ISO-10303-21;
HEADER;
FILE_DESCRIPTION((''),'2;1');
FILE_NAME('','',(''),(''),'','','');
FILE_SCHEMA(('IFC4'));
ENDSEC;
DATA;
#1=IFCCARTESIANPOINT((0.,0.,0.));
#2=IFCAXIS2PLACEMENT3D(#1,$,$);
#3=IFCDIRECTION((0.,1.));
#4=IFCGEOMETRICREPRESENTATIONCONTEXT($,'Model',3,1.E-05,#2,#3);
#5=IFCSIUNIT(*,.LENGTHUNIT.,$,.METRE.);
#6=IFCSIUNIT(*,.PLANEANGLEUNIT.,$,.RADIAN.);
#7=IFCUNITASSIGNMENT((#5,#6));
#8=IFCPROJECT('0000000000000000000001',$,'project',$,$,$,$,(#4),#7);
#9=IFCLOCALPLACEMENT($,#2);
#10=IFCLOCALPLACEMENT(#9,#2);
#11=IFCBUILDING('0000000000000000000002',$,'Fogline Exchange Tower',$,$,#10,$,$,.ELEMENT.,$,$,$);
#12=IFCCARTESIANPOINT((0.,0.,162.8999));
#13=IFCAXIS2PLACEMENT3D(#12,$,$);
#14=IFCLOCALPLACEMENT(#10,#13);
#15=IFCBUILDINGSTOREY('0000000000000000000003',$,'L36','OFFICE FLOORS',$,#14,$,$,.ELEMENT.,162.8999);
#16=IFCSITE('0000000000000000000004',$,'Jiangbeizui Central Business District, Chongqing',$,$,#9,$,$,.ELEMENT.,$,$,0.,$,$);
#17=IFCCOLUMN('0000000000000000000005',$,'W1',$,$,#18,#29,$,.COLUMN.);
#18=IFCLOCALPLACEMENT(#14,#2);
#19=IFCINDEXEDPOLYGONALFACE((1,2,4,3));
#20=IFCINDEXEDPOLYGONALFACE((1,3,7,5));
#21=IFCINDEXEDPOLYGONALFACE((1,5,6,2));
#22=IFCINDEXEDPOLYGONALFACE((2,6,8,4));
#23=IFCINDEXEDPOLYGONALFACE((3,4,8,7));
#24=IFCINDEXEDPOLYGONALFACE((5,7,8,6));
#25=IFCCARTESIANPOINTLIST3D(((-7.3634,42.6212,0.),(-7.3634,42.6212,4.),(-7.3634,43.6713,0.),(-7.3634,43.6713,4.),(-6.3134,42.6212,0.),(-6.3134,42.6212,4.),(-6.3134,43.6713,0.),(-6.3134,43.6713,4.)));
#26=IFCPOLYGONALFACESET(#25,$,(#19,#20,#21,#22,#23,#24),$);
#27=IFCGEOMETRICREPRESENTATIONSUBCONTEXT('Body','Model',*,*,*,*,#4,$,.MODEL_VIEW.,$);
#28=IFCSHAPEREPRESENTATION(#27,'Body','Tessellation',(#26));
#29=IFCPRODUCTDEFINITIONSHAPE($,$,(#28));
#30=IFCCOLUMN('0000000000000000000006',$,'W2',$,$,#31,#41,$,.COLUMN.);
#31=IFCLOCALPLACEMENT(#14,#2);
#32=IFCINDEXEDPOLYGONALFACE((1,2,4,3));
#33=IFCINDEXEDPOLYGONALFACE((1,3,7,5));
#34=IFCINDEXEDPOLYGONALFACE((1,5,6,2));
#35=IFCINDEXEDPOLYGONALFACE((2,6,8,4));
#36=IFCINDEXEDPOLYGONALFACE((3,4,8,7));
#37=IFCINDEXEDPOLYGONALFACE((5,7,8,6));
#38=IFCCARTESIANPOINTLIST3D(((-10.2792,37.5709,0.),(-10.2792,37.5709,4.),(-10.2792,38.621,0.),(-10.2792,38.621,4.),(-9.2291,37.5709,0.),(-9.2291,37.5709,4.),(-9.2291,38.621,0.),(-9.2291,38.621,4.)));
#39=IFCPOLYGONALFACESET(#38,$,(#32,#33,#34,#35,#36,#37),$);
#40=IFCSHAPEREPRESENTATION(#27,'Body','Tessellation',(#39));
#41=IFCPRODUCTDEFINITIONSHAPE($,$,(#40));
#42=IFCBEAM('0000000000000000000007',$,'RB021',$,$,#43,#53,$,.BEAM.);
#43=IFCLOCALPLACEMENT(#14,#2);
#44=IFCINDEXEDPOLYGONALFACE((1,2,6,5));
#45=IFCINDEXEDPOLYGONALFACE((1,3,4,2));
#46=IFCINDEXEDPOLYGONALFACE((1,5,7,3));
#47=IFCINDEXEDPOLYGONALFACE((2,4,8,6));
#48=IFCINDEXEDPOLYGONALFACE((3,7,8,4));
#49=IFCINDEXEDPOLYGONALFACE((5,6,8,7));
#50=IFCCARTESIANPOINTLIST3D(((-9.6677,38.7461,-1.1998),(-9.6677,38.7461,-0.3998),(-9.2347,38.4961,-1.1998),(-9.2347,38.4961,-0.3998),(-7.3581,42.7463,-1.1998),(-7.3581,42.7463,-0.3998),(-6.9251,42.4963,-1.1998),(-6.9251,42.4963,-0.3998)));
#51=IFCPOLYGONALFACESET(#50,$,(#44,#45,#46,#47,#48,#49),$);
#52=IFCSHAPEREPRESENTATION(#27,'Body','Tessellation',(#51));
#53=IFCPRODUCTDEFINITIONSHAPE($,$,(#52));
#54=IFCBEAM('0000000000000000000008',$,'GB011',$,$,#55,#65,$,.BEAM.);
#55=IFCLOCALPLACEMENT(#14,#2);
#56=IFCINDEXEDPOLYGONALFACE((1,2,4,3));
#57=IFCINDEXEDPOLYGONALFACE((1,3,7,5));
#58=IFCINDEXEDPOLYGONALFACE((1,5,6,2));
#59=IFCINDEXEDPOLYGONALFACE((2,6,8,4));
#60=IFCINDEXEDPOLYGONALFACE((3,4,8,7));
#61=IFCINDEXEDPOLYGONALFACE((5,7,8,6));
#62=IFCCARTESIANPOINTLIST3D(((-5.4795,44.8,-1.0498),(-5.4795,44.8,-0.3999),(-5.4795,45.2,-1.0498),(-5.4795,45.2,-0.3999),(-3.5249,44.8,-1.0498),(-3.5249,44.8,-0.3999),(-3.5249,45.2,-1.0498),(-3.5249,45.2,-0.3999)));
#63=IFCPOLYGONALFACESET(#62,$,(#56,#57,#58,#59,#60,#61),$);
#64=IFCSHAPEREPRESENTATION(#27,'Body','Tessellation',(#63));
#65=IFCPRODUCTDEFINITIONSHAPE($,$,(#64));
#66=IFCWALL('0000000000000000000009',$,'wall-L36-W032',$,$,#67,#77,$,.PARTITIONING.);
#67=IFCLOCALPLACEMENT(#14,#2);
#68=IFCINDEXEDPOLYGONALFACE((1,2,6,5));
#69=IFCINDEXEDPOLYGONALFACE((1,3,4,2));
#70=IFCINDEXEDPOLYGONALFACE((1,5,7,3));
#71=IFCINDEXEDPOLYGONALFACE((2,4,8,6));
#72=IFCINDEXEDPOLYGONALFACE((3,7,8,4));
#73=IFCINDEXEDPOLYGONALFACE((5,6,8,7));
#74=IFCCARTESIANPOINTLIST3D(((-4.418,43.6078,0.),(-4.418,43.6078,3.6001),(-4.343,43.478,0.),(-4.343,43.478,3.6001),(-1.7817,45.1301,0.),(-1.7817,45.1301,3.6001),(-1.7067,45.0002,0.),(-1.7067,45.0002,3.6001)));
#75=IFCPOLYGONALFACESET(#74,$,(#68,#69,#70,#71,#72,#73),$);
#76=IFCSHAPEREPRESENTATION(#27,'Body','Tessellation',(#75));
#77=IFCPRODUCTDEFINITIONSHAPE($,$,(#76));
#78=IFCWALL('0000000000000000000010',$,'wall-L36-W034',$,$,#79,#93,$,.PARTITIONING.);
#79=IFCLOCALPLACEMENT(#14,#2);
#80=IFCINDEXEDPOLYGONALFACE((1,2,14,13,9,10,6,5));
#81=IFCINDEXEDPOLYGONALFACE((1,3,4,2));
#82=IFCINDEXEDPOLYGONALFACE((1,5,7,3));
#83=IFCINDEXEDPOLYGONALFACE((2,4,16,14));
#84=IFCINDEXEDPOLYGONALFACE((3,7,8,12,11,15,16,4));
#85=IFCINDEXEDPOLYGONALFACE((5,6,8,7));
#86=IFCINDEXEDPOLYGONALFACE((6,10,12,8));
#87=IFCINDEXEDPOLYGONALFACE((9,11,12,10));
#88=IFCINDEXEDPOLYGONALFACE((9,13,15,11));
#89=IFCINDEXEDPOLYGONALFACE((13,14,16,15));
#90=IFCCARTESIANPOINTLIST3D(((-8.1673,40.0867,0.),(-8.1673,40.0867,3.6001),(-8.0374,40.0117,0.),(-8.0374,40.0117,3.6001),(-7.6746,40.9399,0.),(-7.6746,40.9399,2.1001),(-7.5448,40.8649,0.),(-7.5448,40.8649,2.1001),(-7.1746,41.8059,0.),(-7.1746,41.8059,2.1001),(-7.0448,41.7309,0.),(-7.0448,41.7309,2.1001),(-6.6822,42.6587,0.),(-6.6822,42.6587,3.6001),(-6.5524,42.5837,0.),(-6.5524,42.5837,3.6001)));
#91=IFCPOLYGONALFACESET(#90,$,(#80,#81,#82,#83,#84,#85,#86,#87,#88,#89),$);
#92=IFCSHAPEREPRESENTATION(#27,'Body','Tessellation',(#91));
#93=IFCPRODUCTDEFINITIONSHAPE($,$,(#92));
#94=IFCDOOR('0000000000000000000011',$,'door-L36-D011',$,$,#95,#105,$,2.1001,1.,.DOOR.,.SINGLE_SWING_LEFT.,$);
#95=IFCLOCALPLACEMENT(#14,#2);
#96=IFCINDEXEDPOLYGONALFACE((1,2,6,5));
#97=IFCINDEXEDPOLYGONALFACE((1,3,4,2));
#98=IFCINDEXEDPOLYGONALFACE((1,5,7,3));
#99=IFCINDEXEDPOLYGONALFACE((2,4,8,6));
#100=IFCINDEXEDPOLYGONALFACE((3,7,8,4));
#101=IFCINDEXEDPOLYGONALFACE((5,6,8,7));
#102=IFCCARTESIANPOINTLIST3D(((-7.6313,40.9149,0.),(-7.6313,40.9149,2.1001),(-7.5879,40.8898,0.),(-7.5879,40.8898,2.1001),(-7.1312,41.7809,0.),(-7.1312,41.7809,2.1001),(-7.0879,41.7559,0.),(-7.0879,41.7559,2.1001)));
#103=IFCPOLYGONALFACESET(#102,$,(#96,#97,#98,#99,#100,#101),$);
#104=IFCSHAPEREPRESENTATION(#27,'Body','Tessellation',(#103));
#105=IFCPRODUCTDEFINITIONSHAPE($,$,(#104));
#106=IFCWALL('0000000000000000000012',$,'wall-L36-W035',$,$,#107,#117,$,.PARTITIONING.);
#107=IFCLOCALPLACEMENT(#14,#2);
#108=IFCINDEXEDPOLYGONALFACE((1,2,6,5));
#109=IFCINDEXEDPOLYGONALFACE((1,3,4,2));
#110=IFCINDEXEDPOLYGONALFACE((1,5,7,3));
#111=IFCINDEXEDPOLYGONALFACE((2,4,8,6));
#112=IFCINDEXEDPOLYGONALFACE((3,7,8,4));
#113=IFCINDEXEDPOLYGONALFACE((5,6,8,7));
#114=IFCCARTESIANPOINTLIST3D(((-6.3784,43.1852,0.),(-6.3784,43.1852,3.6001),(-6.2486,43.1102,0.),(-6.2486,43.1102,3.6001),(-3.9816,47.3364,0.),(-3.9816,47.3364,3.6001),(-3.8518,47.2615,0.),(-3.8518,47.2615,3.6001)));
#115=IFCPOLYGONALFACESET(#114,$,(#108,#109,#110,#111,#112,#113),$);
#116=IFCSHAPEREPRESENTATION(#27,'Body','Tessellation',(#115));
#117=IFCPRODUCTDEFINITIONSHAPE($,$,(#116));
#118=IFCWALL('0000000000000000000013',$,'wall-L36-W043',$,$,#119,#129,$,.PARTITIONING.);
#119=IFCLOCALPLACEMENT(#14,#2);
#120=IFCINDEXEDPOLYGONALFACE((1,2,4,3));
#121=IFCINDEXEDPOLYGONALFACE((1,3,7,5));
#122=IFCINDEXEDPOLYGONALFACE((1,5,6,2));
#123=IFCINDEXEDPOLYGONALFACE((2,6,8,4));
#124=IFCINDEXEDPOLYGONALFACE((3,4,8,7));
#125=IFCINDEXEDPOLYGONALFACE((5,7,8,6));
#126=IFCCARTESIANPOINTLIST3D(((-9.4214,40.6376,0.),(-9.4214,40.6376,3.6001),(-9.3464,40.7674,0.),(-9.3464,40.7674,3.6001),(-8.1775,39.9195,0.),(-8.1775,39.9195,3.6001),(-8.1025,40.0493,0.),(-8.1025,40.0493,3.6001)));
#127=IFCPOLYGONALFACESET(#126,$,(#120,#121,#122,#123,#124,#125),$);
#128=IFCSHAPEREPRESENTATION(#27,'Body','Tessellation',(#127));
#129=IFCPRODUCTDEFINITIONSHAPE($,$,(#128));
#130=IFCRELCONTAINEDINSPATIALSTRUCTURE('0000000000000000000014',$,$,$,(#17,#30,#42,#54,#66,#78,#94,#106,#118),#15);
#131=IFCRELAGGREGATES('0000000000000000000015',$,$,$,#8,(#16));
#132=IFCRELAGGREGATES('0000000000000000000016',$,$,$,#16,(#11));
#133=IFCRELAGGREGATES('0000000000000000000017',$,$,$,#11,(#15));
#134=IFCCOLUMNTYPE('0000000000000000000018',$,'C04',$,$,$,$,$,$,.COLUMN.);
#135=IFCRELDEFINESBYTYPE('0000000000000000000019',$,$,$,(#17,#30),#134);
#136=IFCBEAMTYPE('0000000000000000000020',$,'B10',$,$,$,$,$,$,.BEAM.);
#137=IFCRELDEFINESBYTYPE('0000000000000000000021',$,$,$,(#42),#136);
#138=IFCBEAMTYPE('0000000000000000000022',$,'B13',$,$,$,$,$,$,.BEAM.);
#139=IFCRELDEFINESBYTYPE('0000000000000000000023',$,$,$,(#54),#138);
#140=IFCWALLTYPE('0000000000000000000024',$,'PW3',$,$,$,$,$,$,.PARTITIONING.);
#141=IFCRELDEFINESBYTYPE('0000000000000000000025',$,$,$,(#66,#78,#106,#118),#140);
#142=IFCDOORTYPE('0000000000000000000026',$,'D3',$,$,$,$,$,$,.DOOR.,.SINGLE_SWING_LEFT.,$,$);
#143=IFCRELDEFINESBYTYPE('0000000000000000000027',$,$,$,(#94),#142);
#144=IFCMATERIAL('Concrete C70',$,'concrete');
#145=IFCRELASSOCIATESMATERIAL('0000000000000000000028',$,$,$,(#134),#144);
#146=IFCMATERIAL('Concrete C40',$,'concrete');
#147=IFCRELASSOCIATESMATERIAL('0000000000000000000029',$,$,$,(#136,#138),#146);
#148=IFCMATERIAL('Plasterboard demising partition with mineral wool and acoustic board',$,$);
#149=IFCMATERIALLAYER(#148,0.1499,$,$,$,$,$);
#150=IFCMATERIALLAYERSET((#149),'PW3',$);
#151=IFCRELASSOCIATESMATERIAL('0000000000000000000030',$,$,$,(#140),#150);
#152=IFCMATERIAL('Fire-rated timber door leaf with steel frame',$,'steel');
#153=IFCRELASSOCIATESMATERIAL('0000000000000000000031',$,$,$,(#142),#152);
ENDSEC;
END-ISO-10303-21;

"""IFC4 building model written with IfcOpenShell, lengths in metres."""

from ifc_helpers import new_model, si_unit, direction, frame, frame_2d, origin, origin_2d, place, context, subcontext, project, spatial, rectangle, extrude, material, layer, layer_set, material_profile, profile_set, type_object, element, fill, save


model = new_model("IFC4")

# Units and contexts
model_context = context("Model", 3, precision=1e-05, world=origin(), true_north=direction((0.0, 1.0)))
body_context = subcontext(model_context, "Body", "Model", "MODEL_VIEW")
ifc_project = project(units=[si_unit("LENGTHUNIT", "METRE"), si_unit("PLANEANGLEUNIT", "RADIAN")], contexts=[model_context])

# Site, building, storey
site_placement = place(None, origin())
site = spatial("IfcSite", under=ifc_project, at=site_placement, Name="Jiangbeizui Central Business District, Chongqing", CompositionType="ELEMENT", RefElevation=0.0)
building_placement = place(site_placement, origin())
building = spatial("IfcBuilding", under=site, at=building_placement, Name="Fogline Exchange Tower", CompositionType="ELEMENT")
storey_placement = place(building_placement, frame((0.0, 0.0, 162.8999)))
storey = spatial("IfcBuildingStorey", under=building, at=storey_placement, Name="L36", Description="OFFICE FLOORS", CompositionType="ELEMENT", Elevation=162.8999)

# Columns
ifc_material_1 = material(Name="Concrete C70", Category="concrete")
ifc_material_profile_1 = material_profile(ifc_material_1, rectangle(XDim=1.05, YDim=1.05, at=origin_2d()), Name="RC 1050x1050")
ifc_profile_set_1 = profile_set([ifc_material_profile_1], Name="Concrete C70")
column_type = type_object("IfcColumnType", Name="C04", PredefinedType="COLUMN", material=ifc_profile_set_1)
for number, where, z_axis, x_axis, name in (
    (1, (-6.8384, 43.1462, 0.0), (0.0, 0.0, 1.0), (1.0, 0.0, 0.0), "W1"),
    (2, (-9.7542, 38.0959, 0.0), (0.0, 0.0, 1.0), (1.0, 0.0, 0.0), "W2"),
):
    element("IfcColumn", number, at=place(storey_placement, frame(where, z_axis=z_axis, x_axis=x_axis)), inside=storey, type_object=column_type, Name=name, PredefinedType="COLUMN", context=body_context, shape_type="SweptSolid", body=[
        extrude(rectangle(XDim=1.05, YDim=1.05, at=origin_2d()), origin(), (0.0, 0.0, 1.0), 4.0),
    ])

# Beams
ifc_material_2 = material(Name="Concrete C40", Category="concrete")
ifc_material_profile_2 = material_profile(ifc_material_2, rectangle(XDim=0.5, YDim=0.8, at=origin_2d()), Name="RC 500x800")
ifc_profile_set_2 = profile_set([ifc_material_profile_2], Name="Concrete C40")
beam_type_1 = type_object("IfcBeamType", Name="B10", PredefinedType="BEAM", material=ifc_profile_set_2)
beam_1_placement = place(storey_placement, frame((-7.1416, 42.6213, -0.7998), z_axis=(-0.500005, -0.866023, 0.0), x_axis=(0.866023, -0.500005, 0.0)))
element("IfcBeam", 3, at=beam_1_placement, inside=storey, type_object=beam_type_1, Name="RB021", PredefinedType="BEAM", context=body_context, shape_type="SweptSolid", body=[
    extrude(rectangle(XDim=0.5, YDim=0.8, at=origin_2d()), origin(), (0.0, 0.0, 1.0), 4.6191),
])
ifc_material_profile_3 = material_profile(ifc_material_2, rectangle(XDim=0.3999, YDim=0.6499, at=origin_2d()), Name="RC 400x650")
ifc_profile_set_3 = profile_set([ifc_material_profile_3], Name="Concrete C40")
beam_type_2 = type_object("IfcBeamType", Name="B13", PredefinedType="BEAM", material=ifc_profile_set_3)
beam_2_placement = place(storey_placement, frame((-5.4795, 45.0, -0.7249), z_axis=(1.0, 0.0, 0.0), x_axis=(0.0, 1.0, 0.0)))
element("IfcBeam", 4, at=beam_2_placement, inside=storey, type_object=beam_type_2, Name="GB011", PredefinedType="BEAM", context=body_context, shape_type="SweptSolid", body=[
    extrude(rectangle(XDim=0.3999, YDim=0.6499, at=origin_2d()), origin(), (0.0, 0.0, 1.0), 1.9546),
])

# Wall
ifc_material_3 = material(Name="Plasterboard demising partition with mineral wool and acoustic board")
ifc_layer = layer(ifc_material_3, 0.1499)
ifc_layer_set = layer_set([ifc_layer], Name="PW3")
wall_type = type_object("IfcWallType", Name="PW3", PredefinedType="PARTITIONING", material=ifc_layer_set)
wall_1_placement = place(storey_placement, frame((-4.3804, 43.543, 0.0), z_axis=(0.0, 0.0, 1.0), x_axis=(0.865999, 0.500046, 0.0)))
element("IfcWall", 5, at=wall_1_placement, inside=storey, type_object=wall_type, Name="wall-L36-W032", PredefinedType="PARTITIONING", context=body_context, shape_type="SweptSolid", body=[
    extrude(rectangle(XDim=3.0442, YDim=0.1499, at=frame_2d((1.522, 0.0))), origin(), (0.0, 0.0, 1.0), 3.6001),
])

# Wall, opening, door
wall_2_placement = place(storey_placement, frame((-8.1023, 40.0493, 0.0), z_axis=(0.0, 0.0, 1.0), x_axis=(0.500038, 0.866004, 0.0)))
wall_2 = element("IfcWall", 6, at=wall_2_placement, inside=storey, type_object=wall_type, Name="wall-L36-W034", PredefinedType="PARTITIONING", context=body_context, shape_type="SweptSolid", body=[
    extrude(rectangle(XDim=2.97, YDim=0.1499, at=frame_2d((1.4849, 0.0))), origin(), (0.0, 0.0, 1.0), 3.6001),
])
opening_placement = place(wall_2_placement, frame((0.9851, 0.0, 0.0)))
opening = element("IfcOpeningElement", 7, at=opening_placement, cuts=wall_2, PredefinedType="OPENING", context=body_context, shape_type="SweptSolid", body=[
    extrude(rectangle(XDim=1.0, YDim=2.1001, at=frame_2d((0.5, 1.05))), frame((0.0, 0.085, 0.0), z_axis=(0.0, -1.0, 0.0), x_axis=(1.0, 0.0, 0.0)), (0.0, 0.0, 1.0), 0.1699),
])
ifc_material_4 = material(Name="Fire-rated timber door leaf with steel frame", Category="steel")
door_type = type_object("IfcDoorType", Name="D3", OperationType="SINGLE_SWING_LEFT", PredefinedType="DOOR", material=ifc_material_4)
door_placement = place(opening_placement, origin())
door = element("IfcDoor", 8, at=door_placement, inside=storey, type_object=door_type, Name="door-L36-D011", OperationType="SINGLE_SWING_LEFT", OverallHeight=2.1001, OverallWidth=1.0, PredefinedType="DOOR", context=body_context, shape_type="SweptSolid", body=[
    extrude(rectangle(XDim=1.0, YDim=2.1001, at=frame_2d((0.5, 1.05))), frame((0.0, 0.0249, 0.0), z_axis=(0.0, -1.0, 0.0), x_axis=(1.0, 0.0, 0.0)), (0.0, 0.0, 1.0), 0.05),
])
fill(opening, door)

# Walls
wall_3_placement = place(storey_placement, frame((-6.3135, 43.1477, 0.0), z_axis=(0.0, 0.0, 1.0), x_axis=(0.500012, 0.866018, 0.0)))
element("IfcWall", 9, at=wall_3_placement, inside=storey, type_object=wall_type, Name="wall-L36-W035", PredefinedType="PARTITIONING", context=body_context, shape_type="SweptSolid", body=[
    extrude(rectangle(XDim=4.7935, YDim=0.1499, at=frame_2d((2.3967, 0.0))), origin(), (0.0, 0.0, 1.0), 3.6001),
])
wall_4_placement = place(storey_placement, frame((-8.1399, 39.9844, 0.0), z_axis=(0.0, 0.0, 1.0), x_axis=(-0.86607, 0.499924, 0.0)))
element("IfcWall", 10, at=wall_4_placement, inside=storey, type_object=wall_type, Name="wall-L36-W043", PredefinedType="PARTITIONING", context=body_context, shape_type="SweptSolid", body=[
    extrude(rectangle(XDim=1.4363, YDim=0.1499, at=frame_2d((0.7183, 0.0))), origin(), (0.0, 0.0, 1.0), 3.6001),
])

save(model, "model.ifc")
